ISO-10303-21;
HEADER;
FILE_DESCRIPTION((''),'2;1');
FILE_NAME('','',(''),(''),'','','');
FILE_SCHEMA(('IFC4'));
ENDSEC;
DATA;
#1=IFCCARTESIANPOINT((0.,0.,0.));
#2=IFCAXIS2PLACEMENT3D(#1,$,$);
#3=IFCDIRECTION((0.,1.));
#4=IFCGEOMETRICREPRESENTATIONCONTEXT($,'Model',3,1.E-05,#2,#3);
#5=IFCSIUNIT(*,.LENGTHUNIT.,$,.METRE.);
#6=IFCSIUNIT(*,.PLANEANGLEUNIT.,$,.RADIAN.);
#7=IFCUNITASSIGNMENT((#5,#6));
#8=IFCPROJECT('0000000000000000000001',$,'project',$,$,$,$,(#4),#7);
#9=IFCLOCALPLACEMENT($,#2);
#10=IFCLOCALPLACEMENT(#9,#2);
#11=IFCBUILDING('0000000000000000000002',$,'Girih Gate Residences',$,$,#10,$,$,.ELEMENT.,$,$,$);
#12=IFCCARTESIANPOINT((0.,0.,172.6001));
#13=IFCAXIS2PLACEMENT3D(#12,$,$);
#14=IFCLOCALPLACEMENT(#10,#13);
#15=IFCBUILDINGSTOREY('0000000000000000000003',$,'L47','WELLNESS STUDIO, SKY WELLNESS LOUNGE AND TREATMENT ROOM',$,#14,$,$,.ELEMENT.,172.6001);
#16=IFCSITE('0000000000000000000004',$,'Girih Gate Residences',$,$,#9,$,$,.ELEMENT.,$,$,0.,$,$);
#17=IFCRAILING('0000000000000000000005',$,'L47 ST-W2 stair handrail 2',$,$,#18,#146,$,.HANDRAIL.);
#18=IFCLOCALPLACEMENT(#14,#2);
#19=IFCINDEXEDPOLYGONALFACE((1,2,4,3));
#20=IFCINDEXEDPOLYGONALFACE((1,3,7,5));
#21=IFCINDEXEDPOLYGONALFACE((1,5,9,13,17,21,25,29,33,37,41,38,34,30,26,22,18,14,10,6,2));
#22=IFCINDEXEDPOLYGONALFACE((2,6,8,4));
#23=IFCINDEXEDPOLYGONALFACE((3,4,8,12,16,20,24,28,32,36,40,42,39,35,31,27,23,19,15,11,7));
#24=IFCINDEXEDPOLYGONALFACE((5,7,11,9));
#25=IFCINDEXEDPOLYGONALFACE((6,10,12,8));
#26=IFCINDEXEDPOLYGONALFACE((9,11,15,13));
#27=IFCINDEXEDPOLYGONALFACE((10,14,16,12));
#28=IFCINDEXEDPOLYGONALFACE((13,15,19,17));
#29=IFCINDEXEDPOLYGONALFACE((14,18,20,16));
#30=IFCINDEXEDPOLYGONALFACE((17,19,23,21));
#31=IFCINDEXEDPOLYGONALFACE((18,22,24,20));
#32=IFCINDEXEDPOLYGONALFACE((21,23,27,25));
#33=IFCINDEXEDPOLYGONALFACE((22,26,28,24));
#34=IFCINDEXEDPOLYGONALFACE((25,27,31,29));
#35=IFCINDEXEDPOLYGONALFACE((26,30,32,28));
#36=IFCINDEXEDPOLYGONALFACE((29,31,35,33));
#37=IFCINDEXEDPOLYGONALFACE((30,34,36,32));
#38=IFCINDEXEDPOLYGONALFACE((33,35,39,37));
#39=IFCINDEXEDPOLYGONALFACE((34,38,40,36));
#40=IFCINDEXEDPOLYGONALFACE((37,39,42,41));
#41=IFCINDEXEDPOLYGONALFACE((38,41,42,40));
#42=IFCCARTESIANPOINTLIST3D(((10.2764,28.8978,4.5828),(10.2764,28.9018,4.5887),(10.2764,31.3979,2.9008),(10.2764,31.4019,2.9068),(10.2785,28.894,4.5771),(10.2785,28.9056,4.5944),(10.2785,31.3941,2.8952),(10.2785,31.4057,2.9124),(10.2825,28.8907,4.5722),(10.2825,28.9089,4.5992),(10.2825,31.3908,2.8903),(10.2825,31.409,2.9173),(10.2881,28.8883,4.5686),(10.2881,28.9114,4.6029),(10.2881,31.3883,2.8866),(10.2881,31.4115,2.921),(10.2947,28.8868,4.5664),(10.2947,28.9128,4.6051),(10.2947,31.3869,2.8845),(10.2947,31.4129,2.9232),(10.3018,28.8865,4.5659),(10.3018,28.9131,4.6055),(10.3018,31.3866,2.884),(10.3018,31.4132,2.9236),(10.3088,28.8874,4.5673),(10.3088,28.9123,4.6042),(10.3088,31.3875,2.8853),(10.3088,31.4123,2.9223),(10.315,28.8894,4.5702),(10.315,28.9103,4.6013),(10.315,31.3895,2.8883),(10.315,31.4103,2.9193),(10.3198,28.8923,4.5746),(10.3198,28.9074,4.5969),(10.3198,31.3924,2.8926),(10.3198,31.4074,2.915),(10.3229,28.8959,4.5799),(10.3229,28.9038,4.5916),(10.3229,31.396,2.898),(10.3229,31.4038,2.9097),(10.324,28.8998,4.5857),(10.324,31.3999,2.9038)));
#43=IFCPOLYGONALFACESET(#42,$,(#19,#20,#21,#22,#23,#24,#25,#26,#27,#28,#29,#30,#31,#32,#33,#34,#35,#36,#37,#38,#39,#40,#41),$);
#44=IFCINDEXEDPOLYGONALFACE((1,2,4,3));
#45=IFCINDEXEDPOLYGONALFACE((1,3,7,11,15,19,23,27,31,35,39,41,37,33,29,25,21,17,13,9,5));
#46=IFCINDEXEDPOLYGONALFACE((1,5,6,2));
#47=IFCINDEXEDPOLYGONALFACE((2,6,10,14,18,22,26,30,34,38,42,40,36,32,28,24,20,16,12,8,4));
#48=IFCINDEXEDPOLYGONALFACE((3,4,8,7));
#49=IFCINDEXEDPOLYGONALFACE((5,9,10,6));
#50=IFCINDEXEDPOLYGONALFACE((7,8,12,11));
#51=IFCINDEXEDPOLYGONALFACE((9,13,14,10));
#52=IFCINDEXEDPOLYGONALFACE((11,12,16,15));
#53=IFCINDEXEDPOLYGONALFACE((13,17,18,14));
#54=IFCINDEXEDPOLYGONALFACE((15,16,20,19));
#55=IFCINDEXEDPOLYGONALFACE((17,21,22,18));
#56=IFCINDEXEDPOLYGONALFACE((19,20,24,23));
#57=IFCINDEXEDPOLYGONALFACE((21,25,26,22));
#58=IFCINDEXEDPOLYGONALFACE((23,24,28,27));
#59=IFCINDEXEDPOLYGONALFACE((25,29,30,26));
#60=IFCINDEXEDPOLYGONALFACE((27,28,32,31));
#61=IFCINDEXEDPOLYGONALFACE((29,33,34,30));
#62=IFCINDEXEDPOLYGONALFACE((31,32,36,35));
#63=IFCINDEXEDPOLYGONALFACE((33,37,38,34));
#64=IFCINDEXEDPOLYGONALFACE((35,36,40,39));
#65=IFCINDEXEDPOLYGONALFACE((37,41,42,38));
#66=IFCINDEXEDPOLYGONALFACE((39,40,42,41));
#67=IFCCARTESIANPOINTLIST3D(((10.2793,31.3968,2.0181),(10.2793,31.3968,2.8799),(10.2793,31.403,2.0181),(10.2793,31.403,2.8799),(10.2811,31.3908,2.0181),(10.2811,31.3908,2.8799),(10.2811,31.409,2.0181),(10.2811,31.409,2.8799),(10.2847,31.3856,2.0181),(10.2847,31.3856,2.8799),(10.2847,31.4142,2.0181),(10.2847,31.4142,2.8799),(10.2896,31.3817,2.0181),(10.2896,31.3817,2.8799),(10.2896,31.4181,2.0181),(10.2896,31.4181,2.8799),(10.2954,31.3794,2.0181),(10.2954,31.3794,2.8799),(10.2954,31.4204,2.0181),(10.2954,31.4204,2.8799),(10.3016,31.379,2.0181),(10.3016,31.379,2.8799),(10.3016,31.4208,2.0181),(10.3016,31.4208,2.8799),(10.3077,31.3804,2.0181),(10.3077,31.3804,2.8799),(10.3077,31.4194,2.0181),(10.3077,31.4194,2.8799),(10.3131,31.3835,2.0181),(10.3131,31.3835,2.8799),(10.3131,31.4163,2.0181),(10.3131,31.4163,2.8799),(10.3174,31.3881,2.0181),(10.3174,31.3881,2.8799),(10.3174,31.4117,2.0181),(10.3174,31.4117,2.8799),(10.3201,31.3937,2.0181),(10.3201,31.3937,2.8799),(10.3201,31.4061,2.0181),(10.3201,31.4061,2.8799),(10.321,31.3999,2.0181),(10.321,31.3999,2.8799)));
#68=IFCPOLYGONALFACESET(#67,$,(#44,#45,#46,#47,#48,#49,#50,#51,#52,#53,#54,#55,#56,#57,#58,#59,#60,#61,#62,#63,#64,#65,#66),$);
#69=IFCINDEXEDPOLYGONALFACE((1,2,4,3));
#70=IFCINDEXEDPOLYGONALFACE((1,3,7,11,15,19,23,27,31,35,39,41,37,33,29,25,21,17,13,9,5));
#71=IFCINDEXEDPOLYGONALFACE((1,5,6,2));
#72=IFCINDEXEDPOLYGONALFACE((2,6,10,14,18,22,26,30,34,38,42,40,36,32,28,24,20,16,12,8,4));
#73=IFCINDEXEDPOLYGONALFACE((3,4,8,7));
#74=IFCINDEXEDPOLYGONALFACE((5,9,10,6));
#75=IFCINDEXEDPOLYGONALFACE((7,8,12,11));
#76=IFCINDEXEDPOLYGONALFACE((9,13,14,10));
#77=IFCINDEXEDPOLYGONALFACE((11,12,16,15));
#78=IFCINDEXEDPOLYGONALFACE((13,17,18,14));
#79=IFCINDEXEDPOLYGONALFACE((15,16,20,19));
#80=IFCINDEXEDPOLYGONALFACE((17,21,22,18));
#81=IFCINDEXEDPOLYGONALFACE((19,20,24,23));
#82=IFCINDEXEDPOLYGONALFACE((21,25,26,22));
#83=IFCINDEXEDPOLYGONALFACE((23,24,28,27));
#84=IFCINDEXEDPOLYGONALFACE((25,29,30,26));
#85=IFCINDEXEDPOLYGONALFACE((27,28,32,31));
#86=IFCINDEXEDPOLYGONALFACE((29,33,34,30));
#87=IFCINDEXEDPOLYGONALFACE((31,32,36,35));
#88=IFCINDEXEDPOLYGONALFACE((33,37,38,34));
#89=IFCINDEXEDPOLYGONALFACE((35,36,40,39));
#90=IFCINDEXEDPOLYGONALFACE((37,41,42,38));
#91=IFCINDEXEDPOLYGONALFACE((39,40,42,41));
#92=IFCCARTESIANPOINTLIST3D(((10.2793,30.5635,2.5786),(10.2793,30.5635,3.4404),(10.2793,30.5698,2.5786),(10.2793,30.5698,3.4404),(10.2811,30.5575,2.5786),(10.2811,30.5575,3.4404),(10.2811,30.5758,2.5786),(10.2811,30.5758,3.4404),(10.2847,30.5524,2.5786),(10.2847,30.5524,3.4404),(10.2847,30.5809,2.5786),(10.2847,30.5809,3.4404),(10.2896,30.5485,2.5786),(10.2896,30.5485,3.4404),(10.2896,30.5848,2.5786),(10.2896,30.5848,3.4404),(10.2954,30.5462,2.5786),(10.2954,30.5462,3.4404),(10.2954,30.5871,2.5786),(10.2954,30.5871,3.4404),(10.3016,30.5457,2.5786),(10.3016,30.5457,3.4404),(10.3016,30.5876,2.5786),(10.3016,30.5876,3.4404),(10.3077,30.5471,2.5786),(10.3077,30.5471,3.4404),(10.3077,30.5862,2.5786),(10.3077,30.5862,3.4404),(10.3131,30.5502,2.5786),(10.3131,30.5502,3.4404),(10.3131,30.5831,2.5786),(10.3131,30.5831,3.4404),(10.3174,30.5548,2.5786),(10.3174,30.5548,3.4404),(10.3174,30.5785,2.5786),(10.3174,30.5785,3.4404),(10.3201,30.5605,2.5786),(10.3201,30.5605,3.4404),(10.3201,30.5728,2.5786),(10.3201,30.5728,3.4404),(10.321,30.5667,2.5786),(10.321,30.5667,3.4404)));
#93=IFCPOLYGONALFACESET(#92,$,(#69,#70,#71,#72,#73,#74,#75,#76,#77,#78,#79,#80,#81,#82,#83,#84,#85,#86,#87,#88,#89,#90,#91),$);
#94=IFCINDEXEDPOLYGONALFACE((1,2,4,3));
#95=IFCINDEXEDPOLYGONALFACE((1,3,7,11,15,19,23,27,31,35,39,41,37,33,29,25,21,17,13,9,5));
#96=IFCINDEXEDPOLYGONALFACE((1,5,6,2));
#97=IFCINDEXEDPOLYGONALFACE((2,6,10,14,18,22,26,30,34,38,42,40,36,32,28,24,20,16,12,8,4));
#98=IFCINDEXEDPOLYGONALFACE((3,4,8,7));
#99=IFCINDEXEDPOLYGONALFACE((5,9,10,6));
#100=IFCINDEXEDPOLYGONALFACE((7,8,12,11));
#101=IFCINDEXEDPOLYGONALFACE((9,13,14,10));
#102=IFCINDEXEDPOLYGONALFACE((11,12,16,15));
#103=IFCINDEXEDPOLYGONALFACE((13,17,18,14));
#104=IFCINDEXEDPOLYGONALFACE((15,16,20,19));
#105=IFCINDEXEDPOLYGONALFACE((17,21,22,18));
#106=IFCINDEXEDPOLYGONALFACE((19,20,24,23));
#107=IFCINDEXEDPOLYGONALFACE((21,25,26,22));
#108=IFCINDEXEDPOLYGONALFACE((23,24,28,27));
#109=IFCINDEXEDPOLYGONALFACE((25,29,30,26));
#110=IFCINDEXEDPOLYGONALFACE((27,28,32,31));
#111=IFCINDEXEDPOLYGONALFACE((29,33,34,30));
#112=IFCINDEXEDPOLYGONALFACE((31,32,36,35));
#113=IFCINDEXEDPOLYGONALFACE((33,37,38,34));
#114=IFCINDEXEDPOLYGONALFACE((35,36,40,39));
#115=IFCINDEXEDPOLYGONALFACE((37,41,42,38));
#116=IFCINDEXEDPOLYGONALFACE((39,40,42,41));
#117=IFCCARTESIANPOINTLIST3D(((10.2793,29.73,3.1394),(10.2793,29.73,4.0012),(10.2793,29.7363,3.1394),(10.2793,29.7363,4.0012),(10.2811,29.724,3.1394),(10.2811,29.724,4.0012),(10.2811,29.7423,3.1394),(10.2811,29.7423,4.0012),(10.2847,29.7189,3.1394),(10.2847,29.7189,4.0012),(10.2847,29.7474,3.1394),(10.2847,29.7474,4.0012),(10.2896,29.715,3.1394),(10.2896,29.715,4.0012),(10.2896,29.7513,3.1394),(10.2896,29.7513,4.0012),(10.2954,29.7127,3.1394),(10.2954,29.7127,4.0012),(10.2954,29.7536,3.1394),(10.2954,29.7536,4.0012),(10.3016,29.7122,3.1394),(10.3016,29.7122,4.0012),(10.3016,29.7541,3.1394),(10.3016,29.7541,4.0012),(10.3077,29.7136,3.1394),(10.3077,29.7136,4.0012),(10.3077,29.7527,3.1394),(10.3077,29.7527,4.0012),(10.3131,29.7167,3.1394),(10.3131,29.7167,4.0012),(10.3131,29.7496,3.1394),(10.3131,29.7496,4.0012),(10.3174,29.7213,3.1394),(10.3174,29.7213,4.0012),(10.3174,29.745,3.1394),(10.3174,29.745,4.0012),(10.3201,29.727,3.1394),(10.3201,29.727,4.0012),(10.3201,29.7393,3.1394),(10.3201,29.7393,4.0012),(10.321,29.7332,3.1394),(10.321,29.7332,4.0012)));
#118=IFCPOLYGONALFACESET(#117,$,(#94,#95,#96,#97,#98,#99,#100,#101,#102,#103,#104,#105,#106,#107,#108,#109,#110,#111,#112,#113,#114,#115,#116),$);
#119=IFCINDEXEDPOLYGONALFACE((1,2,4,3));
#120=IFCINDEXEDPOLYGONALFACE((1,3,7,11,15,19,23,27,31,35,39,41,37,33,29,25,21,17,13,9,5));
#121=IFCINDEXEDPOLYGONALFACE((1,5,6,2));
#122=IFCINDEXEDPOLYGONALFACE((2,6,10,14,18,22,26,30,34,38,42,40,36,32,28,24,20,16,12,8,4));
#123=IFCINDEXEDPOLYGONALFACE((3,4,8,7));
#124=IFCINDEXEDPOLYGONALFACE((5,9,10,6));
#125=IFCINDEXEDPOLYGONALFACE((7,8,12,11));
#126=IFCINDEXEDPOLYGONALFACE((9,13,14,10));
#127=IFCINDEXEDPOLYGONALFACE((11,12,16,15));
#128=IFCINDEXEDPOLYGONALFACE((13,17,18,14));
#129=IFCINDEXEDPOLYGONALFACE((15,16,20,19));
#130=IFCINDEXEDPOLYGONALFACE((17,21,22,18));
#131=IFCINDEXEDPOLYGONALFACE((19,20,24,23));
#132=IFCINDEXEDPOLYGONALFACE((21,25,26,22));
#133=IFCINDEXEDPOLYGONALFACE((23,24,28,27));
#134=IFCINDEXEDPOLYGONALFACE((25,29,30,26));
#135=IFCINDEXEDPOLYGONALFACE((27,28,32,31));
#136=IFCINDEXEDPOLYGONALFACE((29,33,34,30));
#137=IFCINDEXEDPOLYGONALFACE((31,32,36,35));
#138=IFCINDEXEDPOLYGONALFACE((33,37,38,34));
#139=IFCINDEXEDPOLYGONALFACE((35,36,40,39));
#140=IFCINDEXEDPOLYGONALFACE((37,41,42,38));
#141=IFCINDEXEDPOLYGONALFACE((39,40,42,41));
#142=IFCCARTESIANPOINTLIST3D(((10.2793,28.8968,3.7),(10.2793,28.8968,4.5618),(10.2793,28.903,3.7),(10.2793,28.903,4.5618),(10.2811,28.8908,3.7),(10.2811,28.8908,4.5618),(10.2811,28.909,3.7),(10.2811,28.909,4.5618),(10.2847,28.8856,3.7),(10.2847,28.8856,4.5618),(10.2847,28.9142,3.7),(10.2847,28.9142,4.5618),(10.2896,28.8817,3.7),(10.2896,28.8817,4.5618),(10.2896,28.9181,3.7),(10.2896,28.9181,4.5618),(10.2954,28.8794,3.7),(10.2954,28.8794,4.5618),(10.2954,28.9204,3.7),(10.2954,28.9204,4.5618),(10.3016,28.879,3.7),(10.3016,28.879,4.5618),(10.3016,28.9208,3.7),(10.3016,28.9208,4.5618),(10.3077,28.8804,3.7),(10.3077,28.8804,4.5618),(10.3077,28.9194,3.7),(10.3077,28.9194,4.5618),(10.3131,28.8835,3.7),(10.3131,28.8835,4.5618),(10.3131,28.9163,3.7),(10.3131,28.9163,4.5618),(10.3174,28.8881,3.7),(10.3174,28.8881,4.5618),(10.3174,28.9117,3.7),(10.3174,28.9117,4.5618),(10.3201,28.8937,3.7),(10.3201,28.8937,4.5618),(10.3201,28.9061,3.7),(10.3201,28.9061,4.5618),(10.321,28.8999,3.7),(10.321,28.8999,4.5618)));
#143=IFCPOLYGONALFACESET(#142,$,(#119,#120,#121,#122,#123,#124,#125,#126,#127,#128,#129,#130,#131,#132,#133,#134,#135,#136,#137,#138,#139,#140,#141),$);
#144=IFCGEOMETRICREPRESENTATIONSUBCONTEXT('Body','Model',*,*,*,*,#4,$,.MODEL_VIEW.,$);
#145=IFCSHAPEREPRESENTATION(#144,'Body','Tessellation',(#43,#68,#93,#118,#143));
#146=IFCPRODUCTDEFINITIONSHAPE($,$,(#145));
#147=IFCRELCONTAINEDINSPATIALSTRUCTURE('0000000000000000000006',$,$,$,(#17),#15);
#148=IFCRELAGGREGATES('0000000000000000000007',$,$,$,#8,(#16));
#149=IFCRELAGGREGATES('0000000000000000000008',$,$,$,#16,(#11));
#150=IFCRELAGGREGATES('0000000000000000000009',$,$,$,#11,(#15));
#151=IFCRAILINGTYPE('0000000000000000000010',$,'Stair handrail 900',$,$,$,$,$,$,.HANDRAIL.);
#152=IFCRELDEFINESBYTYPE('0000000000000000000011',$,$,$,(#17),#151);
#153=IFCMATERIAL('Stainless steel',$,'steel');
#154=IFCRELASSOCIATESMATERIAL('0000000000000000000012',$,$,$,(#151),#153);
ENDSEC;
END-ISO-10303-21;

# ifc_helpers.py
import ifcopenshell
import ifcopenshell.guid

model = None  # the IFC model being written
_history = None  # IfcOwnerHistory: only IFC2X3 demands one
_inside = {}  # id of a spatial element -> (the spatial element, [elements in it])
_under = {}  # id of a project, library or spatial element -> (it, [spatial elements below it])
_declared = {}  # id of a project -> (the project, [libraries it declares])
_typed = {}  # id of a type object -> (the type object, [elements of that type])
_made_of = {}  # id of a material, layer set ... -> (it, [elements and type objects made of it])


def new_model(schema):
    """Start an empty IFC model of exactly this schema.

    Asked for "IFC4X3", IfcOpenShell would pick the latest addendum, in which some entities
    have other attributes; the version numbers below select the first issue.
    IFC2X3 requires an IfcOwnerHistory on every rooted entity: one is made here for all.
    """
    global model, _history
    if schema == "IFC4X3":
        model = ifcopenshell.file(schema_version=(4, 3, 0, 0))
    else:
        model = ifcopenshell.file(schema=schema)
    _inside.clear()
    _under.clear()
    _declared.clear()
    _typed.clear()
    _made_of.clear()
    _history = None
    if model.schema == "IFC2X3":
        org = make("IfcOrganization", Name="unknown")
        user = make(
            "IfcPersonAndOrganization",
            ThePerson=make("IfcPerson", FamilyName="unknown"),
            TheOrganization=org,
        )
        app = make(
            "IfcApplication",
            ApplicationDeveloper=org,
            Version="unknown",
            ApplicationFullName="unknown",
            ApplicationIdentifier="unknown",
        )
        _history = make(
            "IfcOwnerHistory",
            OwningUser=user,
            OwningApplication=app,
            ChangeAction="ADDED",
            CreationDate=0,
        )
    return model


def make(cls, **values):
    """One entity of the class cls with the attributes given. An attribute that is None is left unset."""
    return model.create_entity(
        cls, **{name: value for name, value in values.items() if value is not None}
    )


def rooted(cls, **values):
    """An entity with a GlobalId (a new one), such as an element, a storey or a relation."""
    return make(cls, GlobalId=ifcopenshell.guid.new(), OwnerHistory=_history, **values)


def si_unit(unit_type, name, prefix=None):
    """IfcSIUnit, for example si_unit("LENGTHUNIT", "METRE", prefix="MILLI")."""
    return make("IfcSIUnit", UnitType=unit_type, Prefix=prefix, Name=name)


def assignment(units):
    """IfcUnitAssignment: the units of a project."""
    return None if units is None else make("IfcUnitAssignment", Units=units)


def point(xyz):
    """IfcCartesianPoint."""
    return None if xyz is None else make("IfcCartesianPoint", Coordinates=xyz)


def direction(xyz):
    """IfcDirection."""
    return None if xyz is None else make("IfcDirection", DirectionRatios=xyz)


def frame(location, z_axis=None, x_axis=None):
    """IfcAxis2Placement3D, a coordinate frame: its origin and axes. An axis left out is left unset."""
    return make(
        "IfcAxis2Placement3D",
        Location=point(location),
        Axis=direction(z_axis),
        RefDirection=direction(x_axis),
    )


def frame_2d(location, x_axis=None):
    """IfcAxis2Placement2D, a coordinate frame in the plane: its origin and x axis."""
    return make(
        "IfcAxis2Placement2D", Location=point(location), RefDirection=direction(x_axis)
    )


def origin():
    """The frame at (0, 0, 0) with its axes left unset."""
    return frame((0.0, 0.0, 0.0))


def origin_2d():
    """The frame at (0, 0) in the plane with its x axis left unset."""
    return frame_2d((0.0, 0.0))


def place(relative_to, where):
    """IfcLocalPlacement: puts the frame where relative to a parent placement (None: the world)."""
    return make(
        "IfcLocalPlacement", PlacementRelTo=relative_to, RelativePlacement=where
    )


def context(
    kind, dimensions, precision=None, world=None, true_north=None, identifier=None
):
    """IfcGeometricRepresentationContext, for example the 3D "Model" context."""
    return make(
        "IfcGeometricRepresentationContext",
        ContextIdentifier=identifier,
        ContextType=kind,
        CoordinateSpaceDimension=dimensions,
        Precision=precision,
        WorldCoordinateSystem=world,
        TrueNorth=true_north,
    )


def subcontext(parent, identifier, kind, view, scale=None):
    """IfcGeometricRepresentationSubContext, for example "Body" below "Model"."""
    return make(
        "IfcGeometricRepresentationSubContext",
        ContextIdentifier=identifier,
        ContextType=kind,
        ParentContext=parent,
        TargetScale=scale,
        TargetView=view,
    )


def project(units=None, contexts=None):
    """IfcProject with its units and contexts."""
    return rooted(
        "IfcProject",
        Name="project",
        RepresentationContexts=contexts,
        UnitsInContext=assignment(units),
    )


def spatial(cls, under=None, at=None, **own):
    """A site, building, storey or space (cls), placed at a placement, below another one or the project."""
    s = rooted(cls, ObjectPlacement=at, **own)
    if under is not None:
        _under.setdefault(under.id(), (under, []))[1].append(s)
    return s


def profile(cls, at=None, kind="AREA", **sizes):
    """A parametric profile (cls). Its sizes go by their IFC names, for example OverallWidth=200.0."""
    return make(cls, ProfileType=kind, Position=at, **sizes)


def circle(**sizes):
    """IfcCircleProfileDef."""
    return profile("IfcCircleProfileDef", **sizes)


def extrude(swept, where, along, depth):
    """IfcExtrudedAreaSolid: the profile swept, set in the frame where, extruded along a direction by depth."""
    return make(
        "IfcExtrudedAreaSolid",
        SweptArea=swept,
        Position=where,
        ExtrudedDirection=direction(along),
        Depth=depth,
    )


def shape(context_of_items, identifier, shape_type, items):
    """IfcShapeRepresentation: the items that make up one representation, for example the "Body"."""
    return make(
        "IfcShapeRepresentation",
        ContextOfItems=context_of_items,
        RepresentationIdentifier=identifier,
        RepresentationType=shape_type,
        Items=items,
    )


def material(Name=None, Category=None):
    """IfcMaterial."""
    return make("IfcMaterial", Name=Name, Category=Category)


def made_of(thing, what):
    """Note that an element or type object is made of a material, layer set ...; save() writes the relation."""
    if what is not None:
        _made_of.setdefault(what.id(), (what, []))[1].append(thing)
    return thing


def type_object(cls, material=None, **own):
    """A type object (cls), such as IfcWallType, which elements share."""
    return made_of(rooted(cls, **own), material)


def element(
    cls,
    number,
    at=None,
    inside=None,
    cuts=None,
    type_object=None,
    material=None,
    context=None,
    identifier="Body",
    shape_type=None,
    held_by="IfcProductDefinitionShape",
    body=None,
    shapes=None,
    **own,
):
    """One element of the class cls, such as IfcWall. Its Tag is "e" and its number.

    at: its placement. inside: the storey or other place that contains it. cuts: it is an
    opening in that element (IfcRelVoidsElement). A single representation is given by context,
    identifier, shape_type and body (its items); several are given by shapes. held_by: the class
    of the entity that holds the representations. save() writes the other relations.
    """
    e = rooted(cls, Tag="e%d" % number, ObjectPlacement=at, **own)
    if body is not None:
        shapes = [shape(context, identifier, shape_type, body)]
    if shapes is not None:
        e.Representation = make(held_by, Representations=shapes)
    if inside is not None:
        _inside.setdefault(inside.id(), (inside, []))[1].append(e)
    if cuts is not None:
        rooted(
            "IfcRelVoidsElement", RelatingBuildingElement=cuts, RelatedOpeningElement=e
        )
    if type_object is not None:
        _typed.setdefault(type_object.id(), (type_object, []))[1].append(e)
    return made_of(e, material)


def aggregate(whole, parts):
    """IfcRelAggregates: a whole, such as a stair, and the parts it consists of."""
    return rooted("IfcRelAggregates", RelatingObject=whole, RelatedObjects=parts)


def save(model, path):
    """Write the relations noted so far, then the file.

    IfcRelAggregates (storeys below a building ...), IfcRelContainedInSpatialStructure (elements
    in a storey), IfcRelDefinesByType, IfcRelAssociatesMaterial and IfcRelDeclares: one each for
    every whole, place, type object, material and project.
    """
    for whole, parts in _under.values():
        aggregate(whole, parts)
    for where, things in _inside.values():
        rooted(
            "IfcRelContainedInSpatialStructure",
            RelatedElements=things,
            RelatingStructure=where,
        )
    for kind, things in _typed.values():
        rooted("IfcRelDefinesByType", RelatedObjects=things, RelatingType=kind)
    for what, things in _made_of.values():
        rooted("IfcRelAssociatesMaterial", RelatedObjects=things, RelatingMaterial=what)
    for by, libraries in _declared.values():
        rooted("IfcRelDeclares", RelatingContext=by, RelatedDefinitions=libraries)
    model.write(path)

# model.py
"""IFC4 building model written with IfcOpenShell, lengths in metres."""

from ifc_helpers import new_model, si_unit, direction, frame, origin, origin_2d, place, context, subcontext, project, spatial, circle, extrude, material, type_object, element, save


model = new_model("IFC4")

# Units and contexts
model_context = context("Model", 3, precision=1e-05, world=origin(), true_north=direction((0.0, 1.0)))
body_context = subcontext(model_context, "Body", "Model", "MODEL_VIEW")
ifc_project = project(units=[si_unit("LENGTHUNIT", "METRE"), si_unit("PLANEANGLEUNIT", "RADIAN")], contexts=[model_context])

# Site, building, storey
site_placement = place(None, origin())
site = spatial("IfcSite", under=ifc_project, at=site_placement, Name="Girih Gate Residences", CompositionType="ELEMENT", RefElevation=0.0)
building_placement = place(site_placement, origin())
building = spatial("IfcBuilding", under=site, at=building_placement, Name="Girih Gate Residences", CompositionType="ELEMENT")
storey_placement = place(building_placement, frame((0.0, 0.0, 172.6001)))
storey = spatial("IfcBuildingStorey", under=building, at=storey_placement, Name="L47", Description="WELLNESS STUDIO, SKY WELLNESS LOUNGE AND TREATMENT ROOM", CompositionType="ELEMENT", Elevation=172.6001)

# Railing
ifc_material_1 = material(Name="Stainless steel", Category="steel")
railing_type_1 = type_object("IfcRailingType", Name="Stair handrail 900", PredefinedType="HANDRAIL", material=ifc_material_1)
railing_1_placement = place(storey_placement, frame((10.3, 31.3999, 2.0181)))
element("IfcRailing", 1, at=railing_1_placement, inside=storey, type_object=railing_type_1, Name="L47 ST-W2 stair handrail 2", PredefinedType="HANDRAIL", context=body_context, shape_type="SweptSolid", body=[
    extrude(circle(Radius=0.0239, at=origin_2d()), frame((0.0, 0.0, 0.8857), z_axis=(0.0, -0.829712, 0.558192), x_axis=(1.0, 0.0, 0.0)), (0.0, 0.0, 1.0), 3.0132),
    extrude(circle(Radius=0.021, at=origin_2d()), origin(), (0.0, 0.0, 1.0), 0.8618),
    extrude(circle(Radius=0.021, at=origin_2d()), frame((0.0, -0.8333, 0.5605)), (0.0, 0.0, 1.0), 0.8618),
    extrude(circle(Radius=0.021, at=origin_2d()), frame((0.0, -1.6667, 1.1213)), (0.0, 0.0, 1.0), 0.8618),
    extrude(circle(Radius=0.021, at=origin_2d()), frame((0.0, -2.5, 1.6819)), (0.0, 0.0, 1.0), 0.8618),
])

save(model, "model.ifc")
